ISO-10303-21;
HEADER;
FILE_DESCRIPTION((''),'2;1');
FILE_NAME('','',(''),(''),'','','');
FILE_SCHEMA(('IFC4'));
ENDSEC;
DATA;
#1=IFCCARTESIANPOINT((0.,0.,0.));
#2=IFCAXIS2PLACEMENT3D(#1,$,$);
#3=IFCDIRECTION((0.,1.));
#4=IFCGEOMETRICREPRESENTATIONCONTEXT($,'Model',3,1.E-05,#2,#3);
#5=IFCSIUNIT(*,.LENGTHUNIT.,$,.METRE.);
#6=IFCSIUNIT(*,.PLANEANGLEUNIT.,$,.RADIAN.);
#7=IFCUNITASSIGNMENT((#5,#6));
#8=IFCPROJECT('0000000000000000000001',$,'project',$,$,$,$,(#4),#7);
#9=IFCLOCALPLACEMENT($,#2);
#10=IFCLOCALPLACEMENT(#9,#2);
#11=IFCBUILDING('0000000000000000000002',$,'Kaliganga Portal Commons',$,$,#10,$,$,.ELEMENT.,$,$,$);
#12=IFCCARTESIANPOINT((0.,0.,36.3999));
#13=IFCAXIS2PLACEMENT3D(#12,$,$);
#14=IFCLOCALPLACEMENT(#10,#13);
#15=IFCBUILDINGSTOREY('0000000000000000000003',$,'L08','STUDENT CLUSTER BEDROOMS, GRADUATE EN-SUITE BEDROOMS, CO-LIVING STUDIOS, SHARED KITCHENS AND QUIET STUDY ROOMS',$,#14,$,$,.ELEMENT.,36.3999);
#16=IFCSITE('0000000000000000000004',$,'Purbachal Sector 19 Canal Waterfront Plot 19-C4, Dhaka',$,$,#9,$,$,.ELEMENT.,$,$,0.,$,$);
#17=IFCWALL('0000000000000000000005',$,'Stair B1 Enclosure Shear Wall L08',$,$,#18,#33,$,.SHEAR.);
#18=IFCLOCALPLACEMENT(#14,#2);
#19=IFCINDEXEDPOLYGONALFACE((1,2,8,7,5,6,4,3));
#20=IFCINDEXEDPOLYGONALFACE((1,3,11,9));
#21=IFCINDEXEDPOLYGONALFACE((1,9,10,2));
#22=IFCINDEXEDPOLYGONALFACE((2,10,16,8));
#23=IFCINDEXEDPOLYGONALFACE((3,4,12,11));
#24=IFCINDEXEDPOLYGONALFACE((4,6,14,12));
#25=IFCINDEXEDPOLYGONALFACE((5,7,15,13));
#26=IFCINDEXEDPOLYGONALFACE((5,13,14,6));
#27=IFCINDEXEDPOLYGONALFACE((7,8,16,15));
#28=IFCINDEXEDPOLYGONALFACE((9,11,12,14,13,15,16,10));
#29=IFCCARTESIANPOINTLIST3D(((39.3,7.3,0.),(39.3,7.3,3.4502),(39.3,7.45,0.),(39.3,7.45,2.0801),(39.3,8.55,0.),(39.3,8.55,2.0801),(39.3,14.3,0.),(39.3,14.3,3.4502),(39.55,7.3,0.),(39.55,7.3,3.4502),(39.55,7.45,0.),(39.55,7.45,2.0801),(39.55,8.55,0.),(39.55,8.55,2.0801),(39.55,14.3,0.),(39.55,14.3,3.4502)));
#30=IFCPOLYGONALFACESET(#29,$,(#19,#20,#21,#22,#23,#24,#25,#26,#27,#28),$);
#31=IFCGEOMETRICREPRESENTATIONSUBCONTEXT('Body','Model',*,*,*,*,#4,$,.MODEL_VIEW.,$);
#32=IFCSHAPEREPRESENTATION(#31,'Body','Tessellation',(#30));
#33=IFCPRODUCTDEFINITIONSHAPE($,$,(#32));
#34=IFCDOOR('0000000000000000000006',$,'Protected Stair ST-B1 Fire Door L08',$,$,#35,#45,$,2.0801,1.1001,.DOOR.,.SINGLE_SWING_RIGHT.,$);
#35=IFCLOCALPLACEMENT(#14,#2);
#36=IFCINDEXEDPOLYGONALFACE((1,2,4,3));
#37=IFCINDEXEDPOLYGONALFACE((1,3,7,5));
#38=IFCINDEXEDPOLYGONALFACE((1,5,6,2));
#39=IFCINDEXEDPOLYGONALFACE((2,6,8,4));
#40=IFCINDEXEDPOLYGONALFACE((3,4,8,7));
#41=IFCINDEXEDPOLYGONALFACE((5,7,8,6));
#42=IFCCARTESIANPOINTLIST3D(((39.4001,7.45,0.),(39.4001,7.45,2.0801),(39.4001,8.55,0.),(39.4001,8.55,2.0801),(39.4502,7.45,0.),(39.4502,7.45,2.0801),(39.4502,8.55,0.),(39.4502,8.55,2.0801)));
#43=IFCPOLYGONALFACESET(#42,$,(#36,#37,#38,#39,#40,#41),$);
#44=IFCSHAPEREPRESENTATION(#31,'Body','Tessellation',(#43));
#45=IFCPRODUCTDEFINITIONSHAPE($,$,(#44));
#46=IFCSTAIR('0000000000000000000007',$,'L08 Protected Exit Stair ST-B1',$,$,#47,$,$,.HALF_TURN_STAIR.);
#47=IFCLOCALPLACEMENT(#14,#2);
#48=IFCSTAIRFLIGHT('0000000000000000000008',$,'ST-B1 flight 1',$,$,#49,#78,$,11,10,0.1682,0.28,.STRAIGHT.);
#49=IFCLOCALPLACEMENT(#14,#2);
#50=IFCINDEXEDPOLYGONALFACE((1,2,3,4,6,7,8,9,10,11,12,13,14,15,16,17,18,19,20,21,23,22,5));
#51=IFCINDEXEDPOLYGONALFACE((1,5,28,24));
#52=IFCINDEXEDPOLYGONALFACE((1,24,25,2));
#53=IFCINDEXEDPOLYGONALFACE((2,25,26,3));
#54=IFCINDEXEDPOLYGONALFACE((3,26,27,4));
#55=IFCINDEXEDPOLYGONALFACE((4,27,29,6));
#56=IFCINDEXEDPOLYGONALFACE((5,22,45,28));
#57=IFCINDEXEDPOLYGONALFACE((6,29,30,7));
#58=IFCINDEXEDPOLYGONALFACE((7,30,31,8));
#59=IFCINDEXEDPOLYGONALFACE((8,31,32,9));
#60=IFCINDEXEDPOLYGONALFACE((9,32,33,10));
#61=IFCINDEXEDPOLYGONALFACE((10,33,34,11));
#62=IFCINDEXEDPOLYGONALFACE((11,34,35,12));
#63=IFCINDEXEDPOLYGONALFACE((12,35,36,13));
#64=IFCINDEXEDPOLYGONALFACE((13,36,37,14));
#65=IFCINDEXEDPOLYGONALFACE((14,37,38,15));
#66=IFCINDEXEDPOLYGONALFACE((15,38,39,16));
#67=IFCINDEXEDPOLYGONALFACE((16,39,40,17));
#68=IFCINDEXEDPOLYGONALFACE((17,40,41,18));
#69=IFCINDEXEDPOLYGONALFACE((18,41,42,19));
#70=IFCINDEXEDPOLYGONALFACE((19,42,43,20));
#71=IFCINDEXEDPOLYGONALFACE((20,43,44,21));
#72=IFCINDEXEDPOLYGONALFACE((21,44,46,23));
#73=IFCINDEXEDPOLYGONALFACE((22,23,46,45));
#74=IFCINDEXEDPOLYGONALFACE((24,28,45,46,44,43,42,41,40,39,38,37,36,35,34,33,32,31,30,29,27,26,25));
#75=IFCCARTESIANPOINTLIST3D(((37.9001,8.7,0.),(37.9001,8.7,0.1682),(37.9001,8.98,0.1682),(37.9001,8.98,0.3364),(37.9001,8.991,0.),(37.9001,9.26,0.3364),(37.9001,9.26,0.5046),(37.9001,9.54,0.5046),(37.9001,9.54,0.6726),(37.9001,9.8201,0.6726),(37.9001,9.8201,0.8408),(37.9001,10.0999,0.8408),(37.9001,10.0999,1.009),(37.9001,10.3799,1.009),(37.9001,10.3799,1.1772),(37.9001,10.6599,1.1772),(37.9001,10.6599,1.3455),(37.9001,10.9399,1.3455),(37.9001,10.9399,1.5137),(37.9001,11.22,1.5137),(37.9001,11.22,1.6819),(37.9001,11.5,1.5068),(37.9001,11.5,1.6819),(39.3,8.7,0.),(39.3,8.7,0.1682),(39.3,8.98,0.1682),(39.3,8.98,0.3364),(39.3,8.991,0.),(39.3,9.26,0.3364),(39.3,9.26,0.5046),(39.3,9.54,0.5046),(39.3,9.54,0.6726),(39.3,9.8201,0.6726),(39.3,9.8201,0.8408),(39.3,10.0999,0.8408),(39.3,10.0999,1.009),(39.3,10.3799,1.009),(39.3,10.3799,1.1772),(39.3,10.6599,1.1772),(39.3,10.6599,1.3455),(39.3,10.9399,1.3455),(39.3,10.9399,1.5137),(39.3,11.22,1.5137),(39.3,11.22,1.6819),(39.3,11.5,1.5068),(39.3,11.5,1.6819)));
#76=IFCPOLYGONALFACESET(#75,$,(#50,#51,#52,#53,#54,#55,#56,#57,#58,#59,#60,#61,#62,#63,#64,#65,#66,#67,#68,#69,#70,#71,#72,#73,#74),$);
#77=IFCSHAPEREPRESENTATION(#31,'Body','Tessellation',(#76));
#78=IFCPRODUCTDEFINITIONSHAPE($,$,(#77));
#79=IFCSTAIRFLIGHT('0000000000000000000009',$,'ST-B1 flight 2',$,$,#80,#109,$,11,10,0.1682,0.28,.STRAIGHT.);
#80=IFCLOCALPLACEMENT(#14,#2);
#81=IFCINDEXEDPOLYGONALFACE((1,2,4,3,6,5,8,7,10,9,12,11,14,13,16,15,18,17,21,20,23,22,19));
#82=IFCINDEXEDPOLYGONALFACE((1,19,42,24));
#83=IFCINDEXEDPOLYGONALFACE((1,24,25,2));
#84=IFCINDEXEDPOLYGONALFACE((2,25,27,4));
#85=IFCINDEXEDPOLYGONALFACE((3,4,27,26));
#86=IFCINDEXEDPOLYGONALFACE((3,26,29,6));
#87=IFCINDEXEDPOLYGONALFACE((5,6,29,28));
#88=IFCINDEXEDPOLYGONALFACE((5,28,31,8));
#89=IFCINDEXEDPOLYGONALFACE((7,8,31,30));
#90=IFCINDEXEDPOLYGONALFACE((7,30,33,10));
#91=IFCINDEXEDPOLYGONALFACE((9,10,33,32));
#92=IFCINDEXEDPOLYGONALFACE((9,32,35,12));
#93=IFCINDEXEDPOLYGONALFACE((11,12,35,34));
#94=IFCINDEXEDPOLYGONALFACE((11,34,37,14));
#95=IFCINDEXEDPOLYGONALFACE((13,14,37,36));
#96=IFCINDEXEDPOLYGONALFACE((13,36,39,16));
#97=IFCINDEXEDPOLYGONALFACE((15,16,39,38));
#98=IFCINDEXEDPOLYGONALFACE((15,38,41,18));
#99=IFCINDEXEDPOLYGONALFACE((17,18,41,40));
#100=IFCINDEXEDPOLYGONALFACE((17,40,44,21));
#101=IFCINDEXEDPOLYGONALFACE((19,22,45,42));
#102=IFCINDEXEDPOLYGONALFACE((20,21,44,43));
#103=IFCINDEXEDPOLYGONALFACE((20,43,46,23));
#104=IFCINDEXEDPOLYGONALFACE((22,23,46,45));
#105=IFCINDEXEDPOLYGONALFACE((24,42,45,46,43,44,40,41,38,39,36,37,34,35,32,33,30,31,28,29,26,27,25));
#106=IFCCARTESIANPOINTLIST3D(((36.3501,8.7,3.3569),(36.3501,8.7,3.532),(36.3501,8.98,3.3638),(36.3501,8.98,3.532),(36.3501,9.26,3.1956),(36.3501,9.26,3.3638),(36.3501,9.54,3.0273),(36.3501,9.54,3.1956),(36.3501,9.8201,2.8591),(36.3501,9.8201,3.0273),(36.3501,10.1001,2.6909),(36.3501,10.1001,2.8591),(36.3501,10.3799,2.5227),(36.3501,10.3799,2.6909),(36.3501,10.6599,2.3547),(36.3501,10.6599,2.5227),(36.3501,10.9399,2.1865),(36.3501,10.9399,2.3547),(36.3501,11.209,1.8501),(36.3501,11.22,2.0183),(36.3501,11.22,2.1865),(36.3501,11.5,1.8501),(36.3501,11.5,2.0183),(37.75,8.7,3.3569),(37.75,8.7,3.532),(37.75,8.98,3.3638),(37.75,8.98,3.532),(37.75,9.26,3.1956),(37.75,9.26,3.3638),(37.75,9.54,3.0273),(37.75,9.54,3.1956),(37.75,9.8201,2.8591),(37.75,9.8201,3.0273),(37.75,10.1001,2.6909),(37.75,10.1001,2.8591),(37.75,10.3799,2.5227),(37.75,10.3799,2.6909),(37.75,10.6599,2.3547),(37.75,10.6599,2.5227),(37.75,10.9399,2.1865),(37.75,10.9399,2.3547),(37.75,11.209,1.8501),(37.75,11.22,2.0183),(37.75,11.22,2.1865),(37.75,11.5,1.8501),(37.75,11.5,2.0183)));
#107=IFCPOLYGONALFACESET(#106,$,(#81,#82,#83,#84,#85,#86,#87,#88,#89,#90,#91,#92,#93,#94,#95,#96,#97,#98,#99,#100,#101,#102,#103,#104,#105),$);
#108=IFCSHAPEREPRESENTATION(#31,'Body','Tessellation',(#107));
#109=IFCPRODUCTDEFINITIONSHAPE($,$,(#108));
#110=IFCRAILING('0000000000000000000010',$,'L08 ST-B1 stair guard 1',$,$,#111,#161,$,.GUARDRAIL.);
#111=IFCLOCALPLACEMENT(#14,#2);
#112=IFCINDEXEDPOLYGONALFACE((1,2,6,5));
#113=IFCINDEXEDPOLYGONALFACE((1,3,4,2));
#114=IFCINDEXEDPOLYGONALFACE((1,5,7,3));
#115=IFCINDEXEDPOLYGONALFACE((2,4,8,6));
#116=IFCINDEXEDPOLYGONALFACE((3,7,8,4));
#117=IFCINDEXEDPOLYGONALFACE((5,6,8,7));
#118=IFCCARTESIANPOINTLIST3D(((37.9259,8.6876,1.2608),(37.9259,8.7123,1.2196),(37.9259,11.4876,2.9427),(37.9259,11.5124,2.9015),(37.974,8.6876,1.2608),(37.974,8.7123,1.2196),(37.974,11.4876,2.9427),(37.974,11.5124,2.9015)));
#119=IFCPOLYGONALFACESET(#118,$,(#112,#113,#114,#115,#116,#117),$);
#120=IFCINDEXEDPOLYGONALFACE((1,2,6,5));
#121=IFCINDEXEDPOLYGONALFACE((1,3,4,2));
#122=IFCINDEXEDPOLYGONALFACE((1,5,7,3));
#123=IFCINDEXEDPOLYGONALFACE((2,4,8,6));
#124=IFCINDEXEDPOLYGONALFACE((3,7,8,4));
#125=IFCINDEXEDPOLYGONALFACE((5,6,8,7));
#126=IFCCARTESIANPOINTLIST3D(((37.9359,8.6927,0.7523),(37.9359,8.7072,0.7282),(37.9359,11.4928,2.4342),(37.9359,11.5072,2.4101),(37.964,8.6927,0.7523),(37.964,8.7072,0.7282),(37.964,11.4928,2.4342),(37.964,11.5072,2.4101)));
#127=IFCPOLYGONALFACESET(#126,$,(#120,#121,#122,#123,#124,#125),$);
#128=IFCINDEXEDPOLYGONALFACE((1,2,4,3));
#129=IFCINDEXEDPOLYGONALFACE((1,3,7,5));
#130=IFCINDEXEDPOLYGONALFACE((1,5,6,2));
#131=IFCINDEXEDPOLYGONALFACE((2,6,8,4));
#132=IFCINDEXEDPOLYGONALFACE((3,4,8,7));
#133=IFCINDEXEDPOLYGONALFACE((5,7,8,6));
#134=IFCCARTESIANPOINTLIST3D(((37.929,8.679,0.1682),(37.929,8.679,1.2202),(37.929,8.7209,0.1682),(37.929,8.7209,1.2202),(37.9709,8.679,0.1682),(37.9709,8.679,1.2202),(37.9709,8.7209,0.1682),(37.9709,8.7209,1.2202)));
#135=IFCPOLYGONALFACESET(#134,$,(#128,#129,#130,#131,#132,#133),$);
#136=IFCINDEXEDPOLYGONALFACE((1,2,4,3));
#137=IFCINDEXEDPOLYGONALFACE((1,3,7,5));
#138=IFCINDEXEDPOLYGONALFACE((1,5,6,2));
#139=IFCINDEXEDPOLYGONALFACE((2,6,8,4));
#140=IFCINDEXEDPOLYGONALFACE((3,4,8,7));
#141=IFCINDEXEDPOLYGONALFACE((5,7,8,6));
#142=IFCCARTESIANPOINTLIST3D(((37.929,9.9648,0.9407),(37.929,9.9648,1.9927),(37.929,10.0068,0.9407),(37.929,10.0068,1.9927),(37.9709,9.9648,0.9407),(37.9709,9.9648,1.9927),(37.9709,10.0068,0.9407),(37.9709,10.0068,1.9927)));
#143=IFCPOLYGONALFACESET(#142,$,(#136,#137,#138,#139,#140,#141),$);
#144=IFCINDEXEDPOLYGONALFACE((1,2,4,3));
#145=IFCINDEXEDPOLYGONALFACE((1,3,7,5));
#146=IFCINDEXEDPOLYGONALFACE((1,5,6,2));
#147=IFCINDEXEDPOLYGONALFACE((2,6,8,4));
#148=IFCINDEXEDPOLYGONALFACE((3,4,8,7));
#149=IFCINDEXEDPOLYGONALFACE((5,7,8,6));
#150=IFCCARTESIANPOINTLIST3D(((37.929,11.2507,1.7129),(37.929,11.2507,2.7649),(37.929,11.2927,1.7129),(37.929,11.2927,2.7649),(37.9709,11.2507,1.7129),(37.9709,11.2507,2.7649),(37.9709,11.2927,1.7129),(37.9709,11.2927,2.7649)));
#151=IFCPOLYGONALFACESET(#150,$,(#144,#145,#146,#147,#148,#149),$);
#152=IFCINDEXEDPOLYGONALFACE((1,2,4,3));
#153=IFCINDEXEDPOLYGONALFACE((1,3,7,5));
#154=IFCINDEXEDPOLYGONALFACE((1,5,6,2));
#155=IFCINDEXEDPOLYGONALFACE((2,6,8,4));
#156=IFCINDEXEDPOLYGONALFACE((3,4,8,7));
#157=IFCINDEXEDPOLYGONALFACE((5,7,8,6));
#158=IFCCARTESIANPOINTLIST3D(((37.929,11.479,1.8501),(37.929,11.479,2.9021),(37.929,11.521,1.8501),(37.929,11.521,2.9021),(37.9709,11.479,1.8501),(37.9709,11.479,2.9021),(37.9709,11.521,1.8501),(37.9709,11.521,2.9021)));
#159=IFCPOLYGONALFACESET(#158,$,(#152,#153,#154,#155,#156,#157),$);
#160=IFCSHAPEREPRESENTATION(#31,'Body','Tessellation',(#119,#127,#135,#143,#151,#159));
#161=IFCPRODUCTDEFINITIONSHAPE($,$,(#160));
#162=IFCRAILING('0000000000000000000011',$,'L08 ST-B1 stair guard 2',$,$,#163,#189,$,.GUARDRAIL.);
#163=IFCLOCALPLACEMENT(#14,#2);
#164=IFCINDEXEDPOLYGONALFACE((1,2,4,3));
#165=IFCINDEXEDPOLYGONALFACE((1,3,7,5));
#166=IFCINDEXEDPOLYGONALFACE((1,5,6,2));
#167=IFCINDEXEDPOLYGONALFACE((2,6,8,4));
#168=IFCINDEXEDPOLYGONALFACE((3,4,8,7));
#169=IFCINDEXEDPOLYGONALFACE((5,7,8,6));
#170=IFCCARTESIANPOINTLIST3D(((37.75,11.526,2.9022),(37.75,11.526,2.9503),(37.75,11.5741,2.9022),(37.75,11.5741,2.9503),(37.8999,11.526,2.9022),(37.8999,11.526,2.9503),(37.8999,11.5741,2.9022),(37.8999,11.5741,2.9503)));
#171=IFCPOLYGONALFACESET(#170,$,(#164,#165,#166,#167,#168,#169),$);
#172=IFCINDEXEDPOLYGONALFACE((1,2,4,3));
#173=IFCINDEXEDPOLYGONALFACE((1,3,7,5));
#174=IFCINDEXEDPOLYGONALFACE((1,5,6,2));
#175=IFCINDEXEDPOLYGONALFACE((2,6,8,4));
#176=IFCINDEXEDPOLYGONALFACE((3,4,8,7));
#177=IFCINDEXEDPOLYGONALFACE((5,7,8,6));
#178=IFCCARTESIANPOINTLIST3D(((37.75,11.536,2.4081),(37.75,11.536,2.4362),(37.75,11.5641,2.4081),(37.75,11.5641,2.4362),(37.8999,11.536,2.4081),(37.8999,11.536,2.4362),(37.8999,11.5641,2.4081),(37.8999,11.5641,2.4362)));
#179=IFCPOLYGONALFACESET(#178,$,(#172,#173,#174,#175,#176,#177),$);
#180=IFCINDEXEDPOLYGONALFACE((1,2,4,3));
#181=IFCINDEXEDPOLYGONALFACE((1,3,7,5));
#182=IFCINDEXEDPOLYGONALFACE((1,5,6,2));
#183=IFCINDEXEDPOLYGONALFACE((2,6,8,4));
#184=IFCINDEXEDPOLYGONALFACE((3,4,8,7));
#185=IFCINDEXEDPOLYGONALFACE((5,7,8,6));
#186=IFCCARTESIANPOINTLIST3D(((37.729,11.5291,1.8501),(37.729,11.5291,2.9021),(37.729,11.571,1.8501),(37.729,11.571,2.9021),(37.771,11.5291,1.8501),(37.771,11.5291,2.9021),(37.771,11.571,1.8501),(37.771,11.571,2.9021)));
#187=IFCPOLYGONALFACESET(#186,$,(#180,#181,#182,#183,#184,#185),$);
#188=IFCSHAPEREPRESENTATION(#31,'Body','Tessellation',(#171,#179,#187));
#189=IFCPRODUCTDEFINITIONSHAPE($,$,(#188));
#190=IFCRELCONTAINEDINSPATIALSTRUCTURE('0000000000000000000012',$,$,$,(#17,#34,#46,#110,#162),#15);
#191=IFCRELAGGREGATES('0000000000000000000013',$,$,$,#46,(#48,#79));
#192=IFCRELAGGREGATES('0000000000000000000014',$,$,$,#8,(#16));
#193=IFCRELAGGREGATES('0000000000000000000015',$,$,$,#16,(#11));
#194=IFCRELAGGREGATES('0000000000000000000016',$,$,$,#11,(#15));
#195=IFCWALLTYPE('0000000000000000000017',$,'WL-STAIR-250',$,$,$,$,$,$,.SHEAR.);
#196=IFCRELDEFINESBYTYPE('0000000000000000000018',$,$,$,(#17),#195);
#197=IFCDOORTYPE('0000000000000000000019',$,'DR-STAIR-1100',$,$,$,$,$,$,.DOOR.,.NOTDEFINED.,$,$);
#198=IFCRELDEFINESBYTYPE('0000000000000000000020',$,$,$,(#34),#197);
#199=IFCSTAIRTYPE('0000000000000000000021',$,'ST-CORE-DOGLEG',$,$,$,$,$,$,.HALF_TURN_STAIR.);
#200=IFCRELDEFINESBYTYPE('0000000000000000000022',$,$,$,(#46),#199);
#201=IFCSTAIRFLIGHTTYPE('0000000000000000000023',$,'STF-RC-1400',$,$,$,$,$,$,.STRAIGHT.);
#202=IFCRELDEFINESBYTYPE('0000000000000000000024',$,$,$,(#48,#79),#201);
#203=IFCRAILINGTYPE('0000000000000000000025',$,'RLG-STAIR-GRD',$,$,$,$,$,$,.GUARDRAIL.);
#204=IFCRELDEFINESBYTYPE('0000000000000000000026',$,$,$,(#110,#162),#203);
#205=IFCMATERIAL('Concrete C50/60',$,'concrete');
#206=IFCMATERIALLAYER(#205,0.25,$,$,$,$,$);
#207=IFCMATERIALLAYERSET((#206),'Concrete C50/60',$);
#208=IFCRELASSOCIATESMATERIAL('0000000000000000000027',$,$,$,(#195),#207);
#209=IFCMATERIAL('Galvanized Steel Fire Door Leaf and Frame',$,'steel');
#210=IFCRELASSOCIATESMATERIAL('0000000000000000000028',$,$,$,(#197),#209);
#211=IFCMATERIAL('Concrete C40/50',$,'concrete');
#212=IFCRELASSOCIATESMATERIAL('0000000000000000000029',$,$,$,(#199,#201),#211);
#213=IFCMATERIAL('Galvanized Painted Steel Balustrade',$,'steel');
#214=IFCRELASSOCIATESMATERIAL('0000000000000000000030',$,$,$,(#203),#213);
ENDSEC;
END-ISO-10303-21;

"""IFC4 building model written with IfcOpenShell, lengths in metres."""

from ifc_helpers import new_model, si_unit, direction, frame, frame_2d, origin, origin_2d, place, context, subcontext, project, spatial, polyline, rectangle, outline, extrude, material, layer, layer_set, type_object, element, fill, aggregate, save


model = new_model("IFC4")

# Units and contexts
model_context = context("Model", 3, precision=1e-05, world=origin(), true_north=direction((0.0, 1.0)))
body_context = subcontext(model_context, "Body", "Model", "MODEL_VIEW")
ifc_project = project(units=[si_unit("LENGTHUNIT", "METRE"), si_unit("PLANEANGLEUNIT", "RADIAN")], contexts=[model_context])

# Site, building, storey
site_placement = place(None, origin())
site = spatial("IfcSite", under=ifc_project, at=site_placement, Name="Purbachal Sector 19 Canal Waterfront Plot 19-C4, Dhaka", CompositionType="ELEMENT", RefElevation=0.0)
building_placement = place(site_placement, origin())
building = spatial("IfcBuilding", under=site, at=building_placement, Name="Kaliganga Portal Commons", CompositionType="ELEMENT")
storey_placement = place(building_placement, frame((0.0, 0.0, 36.3999)))
storey = spatial("IfcBuildingStorey", under=building, at=storey_placement, Name="L08", Description="STUDENT CLUSTER BEDROOMS, GRADUATE EN-SUITE BEDROOMS, CO-LIVING STUDIOS, SHARED KITCHENS AND QUIET STUDY ROOMS", CompositionType="ELEMENT", Elevation=36.3999)

# Wall, opening, door
ifc_material_1 = material(Name="Concrete C50/60", Category="concrete")
ifc_layer_1 = layer(ifc_material_1, 0.25)
ifc_layer_set_1 = layer_set([ifc_layer_1], Name="Concrete C50/60")
wall_type_1 = type_object("IfcWallType", Name="WL-STAIR-250", PredefinedType="SHEAR", material=ifc_layer_set_1)
wall_1_placement = place(storey_placement, frame((39.425, 7.3, 0.0), z_axis=(0.0, 0.0, 1.0), x_axis=(0.0, 1.0, 0.0)))
wall_1 = element("IfcWall", 1, at=wall_1_placement, inside=storey, type_object=wall_type_1, Name="Stair B1 Enclosure Shear Wall L08", PredefinedType="SHEAR", context=body_context, shape_type="SweptSolid", body=[
    extrude(rectangle(XDim=7.0, YDim=0.25, at=frame_2d((3.5, 0.0))), origin(), (0.0, 0.0, 1.0), 3.4502),
])
opening_1_placement = place(wall_1_placement, frame((0.1499, 0.0, 0.0)))
opening_1 = element("IfcOpeningElement", 2, at=opening_1_placement, cuts=wall_1, PredefinedType="OPENING", context=body_context, shape_type="SweptSolid", body=[
    extrude(rectangle(XDim=1.1001, YDim=2.0801, at=frame_2d((0.55, 1.04))), frame((0.0, 0.135, 0.0), z_axis=(0.0, -1.0, 0.0), x_axis=(1.0, 0.0, 0.0)), (0.0, 0.0, 1.0), 0.27),
])
ifc_material_2 = material(Name="Galvanized Steel Fire Door Leaf and Frame", Category="steel")
door_type_1 = type_object("IfcDoorType", Name="DR-STAIR-1100", OperationType="NOTDEFINED", PredefinedType="DOOR", material=ifc_material_2)
door_1_placement = place(opening_1_placement, origin())
door_1 = element("IfcDoor", 3, at=door_1_placement, inside=storey, type_object=door_type_1, Name="Protected Stair ST-B1 Fire Door L08", OperationType="SINGLE_SWING_RIGHT", OverallHeight=2.0801, OverallWidth=1.1001, PredefinedType="DOOR", context=body_context, shape_type="SweptSolid", body=[
    extrude(rectangle(XDim=1.1001, YDim=2.0801, at=frame_2d((0.55, 1.04))), frame((0.0, 0.0249, 0.0), z_axis=(0.0, -1.0, 0.0), x_axis=(1.0, 0.0, 0.0)), (0.0, 0.0, 1.0), 0.05),
])
fill(opening_1, door_1)

# Stair, stair flights
ifc_material_3 = material(Name="Concrete C40/50", Category="concrete")
stair_type = type_object("IfcStairType", Name="ST-CORE-DOGLEG", PredefinedType="HALF_TURN_STAIR", material=ifc_material_3)
stair_placement = place(storey_placement, origin())
stair = element("IfcStair", 4, at=stair_placement, inside=storey, type_object=stair_type, Name="L08 Protected Exit Stair ST-B1", PredefinedType="HALF_TURN_STAIR")
stair_flight_type = type_object("IfcStairFlightType", Name="STF-RC-1400", PredefinedType="STRAIGHT", material=ifc_material_3)
stair_flight_1_placement = place(storey_placement, frame((38.6001, 8.7, 0.0), z_axis=(0.0, 0.0, 1.0), x_axis=(0.0, 1.0, 0.0)))
stair_flight_1 = element("IfcStairFlight", 5, at=stair_flight_1_placement, type_object=stair_flight_type, Name="ST-B1 flight 1", NumberOfRisers=11, NumberOfTreads=10, PredefinedType="STRAIGHT", RiserHeight=0.1682, TreadLength=0.28, context=body_context, shape_type="SweptSolid", body=[
    extrude(outline(polyline([(0.0, 0.0), (0.0, 0.1682), (0.28, 0.1682), (0.28, 0.3364), (0.5601, 0.3364), (0.5601, 0.5046), (0.8401, 0.5046), (0.8401, 0.6726), (1.1201, 0.6726), (1.1201, 0.8408), (1.3999, 0.8408), (1.3999, 1.009), (1.6799, 1.009), (1.6799, 1.1772), (1.96, 1.1772), (1.96, 1.3455), (2.24, 1.3455), (2.24, 1.5137), (2.52, 1.5137), (2.52, 1.6819), (2.8, 1.6819), (2.8, 1.8501), (2.8, 1.5068), (0.291, 0.0), (0.0, 0.0)])), frame((0.0, 0.7, 0.0), z_axis=(0.0, -1.0, 0.0), x_axis=(1.0, 0.0, 0.0)), (0.0, 0.0, 1.0), 1.3999),
])
stair_flight_2_placement = place(storey_placement, frame((37.05, 11.5, 1.8501), z_axis=(0.0, 0.0, 1.0), x_axis=(0.0, -1.0, 0.0)))
stair_flight_2 = element("IfcStairFlight", 6, at=stair_flight_2_placement, type_object=stair_flight_type, Name="ST-B1 flight 2", NumberOfRisers=11, NumberOfTreads=10, PredefinedType="STRAIGHT", RiserHeight=0.1682, TreadLength=0.28, context=body_context, shape_type="SweptSolid", body=[
    extrude(outline(polyline([(0.0, 0.0), (0.0, 0.1682), (0.28, 0.1682), (0.28, 0.3364), (0.5601, 0.3364), (0.5601, 0.5046), (0.8401, 0.5046), (0.8401, 0.6726), (1.1201, 0.6726), (1.1201, 0.8408), (1.3999, 0.8408), (1.3999, 1.009), (1.6799, 1.009), (1.6799, 1.1772), (1.96, 1.1772), (1.96, 1.3455), (2.24, 1.3455), (2.24, 1.5137), (2.52, 1.5137), (2.52, 1.6819), (2.8, 1.6819), (2.8, 1.8501), (2.8, 1.5068), (0.291, 0.0), (0.0, 0.0)])), frame((0.0, 0.7, 0.0), z_axis=(0.0, -1.0, 0.0), x_axis=(1.0, 0.0, 0.0)), (0.0, 0.0, 1.0), 1.3999),
])
aggregate(stair, [stair_flight_1, stair_flight_2])

# Railings
ifc_material_4 = material(Name="Galvanized Painted Steel Balustrade", Category="steel")
railing_type_1 = type_object("IfcRailingType", Name="RLG-STAIR-GRD", PredefinedType="GUARDRAIL", material=ifc_material_4)
railing_1_placement = place(storey_placement, frame((37.95, 8.7, 0.1682)))
element("IfcRailing", 7, at=railing_1_placement, inside=storey, type_object=railing_type_1, Name="L08 ST-B1 stair guard 1", PredefinedType="GUARDRAIL", context=body_context, shape_type="SweptSolid", body=[
    extrude(rectangle(XDim=0.0481, YDim=0.0481, at=origin_2d()), frame((0.0, 0.0, 1.072), z_axis=(0.0, 0.857242, 0.514913), x_axis=(-1.0, 0.0, 0.0)), (0.0, 0.0, 1.0), 3.2664),
    extrude(rectangle(XDim=0.0281, YDim=0.0281, at=origin_2d()), frame((0.0, 0.0, 0.572), z_axis=(0.0, 0.857242, 0.514913), x_axis=(-1.0, 0.0, 0.0)), (0.0, 0.0, 1.0), 3.2664),
    extrude(rectangle(XDim=0.042, YDim=0.042, at=origin_2d()), origin(), (0.0, 0.0, 1.0), 1.052),
    extrude(rectangle(XDim=0.042, YDim=0.042, at=origin_2d()), frame((0.0, 1.2859, 0.7725)), (0.0, 0.0, 1.0), 1.052),
    extrude(rectangle(XDim=0.042, YDim=0.042, at=origin_2d()), frame((0.0, 2.5718, 1.5447)), (0.0, 0.0, 1.0), 1.052),
    extrude(rectangle(XDim=0.042, YDim=0.042, at=origin_2d()), frame((0.0, 2.8, 1.6819)), (0.0, 0.0, 1.0), 1.052),
])
railing_2_placement = place(storey_placement, frame((37.8999, 11.55, 1.8501)))
element("IfcRailing", 8, at=railing_2_placement, inside=storey, type_object=railing_type_1, Name="L08 ST-B1 stair guard 2", PredefinedType="GUARDRAIL", context=body_context, shape_type="SweptSolid", body=[
    extrude(rectangle(XDim=0.0481, YDim=0.0481, at=origin_2d()), frame((0.0, 0.0, 1.0762), z_axis=(-1.0, 0.0, 0.0), x_axis=(0.0, -1.0, 0.0)), (0.0, 0.0, 1.0), 0.1499),
    extrude(rectangle(XDim=0.0281, YDim=0.0281, at=origin_2d()), frame((0.0, 0.0, 0.572), z_axis=(-1.0, 0.0, 0.0), x_axis=(0.0, -1.0, 0.0)), (0.0, 0.0, 1.0), 0.1499),
    extrude(rectangle(XDim=0.042, YDim=0.042, at=origin_2d()), frame((-0.1499, 0.0, 0.0)), (0.0, 0.0, 1.0), 1.052),
])

save(model, "model.ifc")
